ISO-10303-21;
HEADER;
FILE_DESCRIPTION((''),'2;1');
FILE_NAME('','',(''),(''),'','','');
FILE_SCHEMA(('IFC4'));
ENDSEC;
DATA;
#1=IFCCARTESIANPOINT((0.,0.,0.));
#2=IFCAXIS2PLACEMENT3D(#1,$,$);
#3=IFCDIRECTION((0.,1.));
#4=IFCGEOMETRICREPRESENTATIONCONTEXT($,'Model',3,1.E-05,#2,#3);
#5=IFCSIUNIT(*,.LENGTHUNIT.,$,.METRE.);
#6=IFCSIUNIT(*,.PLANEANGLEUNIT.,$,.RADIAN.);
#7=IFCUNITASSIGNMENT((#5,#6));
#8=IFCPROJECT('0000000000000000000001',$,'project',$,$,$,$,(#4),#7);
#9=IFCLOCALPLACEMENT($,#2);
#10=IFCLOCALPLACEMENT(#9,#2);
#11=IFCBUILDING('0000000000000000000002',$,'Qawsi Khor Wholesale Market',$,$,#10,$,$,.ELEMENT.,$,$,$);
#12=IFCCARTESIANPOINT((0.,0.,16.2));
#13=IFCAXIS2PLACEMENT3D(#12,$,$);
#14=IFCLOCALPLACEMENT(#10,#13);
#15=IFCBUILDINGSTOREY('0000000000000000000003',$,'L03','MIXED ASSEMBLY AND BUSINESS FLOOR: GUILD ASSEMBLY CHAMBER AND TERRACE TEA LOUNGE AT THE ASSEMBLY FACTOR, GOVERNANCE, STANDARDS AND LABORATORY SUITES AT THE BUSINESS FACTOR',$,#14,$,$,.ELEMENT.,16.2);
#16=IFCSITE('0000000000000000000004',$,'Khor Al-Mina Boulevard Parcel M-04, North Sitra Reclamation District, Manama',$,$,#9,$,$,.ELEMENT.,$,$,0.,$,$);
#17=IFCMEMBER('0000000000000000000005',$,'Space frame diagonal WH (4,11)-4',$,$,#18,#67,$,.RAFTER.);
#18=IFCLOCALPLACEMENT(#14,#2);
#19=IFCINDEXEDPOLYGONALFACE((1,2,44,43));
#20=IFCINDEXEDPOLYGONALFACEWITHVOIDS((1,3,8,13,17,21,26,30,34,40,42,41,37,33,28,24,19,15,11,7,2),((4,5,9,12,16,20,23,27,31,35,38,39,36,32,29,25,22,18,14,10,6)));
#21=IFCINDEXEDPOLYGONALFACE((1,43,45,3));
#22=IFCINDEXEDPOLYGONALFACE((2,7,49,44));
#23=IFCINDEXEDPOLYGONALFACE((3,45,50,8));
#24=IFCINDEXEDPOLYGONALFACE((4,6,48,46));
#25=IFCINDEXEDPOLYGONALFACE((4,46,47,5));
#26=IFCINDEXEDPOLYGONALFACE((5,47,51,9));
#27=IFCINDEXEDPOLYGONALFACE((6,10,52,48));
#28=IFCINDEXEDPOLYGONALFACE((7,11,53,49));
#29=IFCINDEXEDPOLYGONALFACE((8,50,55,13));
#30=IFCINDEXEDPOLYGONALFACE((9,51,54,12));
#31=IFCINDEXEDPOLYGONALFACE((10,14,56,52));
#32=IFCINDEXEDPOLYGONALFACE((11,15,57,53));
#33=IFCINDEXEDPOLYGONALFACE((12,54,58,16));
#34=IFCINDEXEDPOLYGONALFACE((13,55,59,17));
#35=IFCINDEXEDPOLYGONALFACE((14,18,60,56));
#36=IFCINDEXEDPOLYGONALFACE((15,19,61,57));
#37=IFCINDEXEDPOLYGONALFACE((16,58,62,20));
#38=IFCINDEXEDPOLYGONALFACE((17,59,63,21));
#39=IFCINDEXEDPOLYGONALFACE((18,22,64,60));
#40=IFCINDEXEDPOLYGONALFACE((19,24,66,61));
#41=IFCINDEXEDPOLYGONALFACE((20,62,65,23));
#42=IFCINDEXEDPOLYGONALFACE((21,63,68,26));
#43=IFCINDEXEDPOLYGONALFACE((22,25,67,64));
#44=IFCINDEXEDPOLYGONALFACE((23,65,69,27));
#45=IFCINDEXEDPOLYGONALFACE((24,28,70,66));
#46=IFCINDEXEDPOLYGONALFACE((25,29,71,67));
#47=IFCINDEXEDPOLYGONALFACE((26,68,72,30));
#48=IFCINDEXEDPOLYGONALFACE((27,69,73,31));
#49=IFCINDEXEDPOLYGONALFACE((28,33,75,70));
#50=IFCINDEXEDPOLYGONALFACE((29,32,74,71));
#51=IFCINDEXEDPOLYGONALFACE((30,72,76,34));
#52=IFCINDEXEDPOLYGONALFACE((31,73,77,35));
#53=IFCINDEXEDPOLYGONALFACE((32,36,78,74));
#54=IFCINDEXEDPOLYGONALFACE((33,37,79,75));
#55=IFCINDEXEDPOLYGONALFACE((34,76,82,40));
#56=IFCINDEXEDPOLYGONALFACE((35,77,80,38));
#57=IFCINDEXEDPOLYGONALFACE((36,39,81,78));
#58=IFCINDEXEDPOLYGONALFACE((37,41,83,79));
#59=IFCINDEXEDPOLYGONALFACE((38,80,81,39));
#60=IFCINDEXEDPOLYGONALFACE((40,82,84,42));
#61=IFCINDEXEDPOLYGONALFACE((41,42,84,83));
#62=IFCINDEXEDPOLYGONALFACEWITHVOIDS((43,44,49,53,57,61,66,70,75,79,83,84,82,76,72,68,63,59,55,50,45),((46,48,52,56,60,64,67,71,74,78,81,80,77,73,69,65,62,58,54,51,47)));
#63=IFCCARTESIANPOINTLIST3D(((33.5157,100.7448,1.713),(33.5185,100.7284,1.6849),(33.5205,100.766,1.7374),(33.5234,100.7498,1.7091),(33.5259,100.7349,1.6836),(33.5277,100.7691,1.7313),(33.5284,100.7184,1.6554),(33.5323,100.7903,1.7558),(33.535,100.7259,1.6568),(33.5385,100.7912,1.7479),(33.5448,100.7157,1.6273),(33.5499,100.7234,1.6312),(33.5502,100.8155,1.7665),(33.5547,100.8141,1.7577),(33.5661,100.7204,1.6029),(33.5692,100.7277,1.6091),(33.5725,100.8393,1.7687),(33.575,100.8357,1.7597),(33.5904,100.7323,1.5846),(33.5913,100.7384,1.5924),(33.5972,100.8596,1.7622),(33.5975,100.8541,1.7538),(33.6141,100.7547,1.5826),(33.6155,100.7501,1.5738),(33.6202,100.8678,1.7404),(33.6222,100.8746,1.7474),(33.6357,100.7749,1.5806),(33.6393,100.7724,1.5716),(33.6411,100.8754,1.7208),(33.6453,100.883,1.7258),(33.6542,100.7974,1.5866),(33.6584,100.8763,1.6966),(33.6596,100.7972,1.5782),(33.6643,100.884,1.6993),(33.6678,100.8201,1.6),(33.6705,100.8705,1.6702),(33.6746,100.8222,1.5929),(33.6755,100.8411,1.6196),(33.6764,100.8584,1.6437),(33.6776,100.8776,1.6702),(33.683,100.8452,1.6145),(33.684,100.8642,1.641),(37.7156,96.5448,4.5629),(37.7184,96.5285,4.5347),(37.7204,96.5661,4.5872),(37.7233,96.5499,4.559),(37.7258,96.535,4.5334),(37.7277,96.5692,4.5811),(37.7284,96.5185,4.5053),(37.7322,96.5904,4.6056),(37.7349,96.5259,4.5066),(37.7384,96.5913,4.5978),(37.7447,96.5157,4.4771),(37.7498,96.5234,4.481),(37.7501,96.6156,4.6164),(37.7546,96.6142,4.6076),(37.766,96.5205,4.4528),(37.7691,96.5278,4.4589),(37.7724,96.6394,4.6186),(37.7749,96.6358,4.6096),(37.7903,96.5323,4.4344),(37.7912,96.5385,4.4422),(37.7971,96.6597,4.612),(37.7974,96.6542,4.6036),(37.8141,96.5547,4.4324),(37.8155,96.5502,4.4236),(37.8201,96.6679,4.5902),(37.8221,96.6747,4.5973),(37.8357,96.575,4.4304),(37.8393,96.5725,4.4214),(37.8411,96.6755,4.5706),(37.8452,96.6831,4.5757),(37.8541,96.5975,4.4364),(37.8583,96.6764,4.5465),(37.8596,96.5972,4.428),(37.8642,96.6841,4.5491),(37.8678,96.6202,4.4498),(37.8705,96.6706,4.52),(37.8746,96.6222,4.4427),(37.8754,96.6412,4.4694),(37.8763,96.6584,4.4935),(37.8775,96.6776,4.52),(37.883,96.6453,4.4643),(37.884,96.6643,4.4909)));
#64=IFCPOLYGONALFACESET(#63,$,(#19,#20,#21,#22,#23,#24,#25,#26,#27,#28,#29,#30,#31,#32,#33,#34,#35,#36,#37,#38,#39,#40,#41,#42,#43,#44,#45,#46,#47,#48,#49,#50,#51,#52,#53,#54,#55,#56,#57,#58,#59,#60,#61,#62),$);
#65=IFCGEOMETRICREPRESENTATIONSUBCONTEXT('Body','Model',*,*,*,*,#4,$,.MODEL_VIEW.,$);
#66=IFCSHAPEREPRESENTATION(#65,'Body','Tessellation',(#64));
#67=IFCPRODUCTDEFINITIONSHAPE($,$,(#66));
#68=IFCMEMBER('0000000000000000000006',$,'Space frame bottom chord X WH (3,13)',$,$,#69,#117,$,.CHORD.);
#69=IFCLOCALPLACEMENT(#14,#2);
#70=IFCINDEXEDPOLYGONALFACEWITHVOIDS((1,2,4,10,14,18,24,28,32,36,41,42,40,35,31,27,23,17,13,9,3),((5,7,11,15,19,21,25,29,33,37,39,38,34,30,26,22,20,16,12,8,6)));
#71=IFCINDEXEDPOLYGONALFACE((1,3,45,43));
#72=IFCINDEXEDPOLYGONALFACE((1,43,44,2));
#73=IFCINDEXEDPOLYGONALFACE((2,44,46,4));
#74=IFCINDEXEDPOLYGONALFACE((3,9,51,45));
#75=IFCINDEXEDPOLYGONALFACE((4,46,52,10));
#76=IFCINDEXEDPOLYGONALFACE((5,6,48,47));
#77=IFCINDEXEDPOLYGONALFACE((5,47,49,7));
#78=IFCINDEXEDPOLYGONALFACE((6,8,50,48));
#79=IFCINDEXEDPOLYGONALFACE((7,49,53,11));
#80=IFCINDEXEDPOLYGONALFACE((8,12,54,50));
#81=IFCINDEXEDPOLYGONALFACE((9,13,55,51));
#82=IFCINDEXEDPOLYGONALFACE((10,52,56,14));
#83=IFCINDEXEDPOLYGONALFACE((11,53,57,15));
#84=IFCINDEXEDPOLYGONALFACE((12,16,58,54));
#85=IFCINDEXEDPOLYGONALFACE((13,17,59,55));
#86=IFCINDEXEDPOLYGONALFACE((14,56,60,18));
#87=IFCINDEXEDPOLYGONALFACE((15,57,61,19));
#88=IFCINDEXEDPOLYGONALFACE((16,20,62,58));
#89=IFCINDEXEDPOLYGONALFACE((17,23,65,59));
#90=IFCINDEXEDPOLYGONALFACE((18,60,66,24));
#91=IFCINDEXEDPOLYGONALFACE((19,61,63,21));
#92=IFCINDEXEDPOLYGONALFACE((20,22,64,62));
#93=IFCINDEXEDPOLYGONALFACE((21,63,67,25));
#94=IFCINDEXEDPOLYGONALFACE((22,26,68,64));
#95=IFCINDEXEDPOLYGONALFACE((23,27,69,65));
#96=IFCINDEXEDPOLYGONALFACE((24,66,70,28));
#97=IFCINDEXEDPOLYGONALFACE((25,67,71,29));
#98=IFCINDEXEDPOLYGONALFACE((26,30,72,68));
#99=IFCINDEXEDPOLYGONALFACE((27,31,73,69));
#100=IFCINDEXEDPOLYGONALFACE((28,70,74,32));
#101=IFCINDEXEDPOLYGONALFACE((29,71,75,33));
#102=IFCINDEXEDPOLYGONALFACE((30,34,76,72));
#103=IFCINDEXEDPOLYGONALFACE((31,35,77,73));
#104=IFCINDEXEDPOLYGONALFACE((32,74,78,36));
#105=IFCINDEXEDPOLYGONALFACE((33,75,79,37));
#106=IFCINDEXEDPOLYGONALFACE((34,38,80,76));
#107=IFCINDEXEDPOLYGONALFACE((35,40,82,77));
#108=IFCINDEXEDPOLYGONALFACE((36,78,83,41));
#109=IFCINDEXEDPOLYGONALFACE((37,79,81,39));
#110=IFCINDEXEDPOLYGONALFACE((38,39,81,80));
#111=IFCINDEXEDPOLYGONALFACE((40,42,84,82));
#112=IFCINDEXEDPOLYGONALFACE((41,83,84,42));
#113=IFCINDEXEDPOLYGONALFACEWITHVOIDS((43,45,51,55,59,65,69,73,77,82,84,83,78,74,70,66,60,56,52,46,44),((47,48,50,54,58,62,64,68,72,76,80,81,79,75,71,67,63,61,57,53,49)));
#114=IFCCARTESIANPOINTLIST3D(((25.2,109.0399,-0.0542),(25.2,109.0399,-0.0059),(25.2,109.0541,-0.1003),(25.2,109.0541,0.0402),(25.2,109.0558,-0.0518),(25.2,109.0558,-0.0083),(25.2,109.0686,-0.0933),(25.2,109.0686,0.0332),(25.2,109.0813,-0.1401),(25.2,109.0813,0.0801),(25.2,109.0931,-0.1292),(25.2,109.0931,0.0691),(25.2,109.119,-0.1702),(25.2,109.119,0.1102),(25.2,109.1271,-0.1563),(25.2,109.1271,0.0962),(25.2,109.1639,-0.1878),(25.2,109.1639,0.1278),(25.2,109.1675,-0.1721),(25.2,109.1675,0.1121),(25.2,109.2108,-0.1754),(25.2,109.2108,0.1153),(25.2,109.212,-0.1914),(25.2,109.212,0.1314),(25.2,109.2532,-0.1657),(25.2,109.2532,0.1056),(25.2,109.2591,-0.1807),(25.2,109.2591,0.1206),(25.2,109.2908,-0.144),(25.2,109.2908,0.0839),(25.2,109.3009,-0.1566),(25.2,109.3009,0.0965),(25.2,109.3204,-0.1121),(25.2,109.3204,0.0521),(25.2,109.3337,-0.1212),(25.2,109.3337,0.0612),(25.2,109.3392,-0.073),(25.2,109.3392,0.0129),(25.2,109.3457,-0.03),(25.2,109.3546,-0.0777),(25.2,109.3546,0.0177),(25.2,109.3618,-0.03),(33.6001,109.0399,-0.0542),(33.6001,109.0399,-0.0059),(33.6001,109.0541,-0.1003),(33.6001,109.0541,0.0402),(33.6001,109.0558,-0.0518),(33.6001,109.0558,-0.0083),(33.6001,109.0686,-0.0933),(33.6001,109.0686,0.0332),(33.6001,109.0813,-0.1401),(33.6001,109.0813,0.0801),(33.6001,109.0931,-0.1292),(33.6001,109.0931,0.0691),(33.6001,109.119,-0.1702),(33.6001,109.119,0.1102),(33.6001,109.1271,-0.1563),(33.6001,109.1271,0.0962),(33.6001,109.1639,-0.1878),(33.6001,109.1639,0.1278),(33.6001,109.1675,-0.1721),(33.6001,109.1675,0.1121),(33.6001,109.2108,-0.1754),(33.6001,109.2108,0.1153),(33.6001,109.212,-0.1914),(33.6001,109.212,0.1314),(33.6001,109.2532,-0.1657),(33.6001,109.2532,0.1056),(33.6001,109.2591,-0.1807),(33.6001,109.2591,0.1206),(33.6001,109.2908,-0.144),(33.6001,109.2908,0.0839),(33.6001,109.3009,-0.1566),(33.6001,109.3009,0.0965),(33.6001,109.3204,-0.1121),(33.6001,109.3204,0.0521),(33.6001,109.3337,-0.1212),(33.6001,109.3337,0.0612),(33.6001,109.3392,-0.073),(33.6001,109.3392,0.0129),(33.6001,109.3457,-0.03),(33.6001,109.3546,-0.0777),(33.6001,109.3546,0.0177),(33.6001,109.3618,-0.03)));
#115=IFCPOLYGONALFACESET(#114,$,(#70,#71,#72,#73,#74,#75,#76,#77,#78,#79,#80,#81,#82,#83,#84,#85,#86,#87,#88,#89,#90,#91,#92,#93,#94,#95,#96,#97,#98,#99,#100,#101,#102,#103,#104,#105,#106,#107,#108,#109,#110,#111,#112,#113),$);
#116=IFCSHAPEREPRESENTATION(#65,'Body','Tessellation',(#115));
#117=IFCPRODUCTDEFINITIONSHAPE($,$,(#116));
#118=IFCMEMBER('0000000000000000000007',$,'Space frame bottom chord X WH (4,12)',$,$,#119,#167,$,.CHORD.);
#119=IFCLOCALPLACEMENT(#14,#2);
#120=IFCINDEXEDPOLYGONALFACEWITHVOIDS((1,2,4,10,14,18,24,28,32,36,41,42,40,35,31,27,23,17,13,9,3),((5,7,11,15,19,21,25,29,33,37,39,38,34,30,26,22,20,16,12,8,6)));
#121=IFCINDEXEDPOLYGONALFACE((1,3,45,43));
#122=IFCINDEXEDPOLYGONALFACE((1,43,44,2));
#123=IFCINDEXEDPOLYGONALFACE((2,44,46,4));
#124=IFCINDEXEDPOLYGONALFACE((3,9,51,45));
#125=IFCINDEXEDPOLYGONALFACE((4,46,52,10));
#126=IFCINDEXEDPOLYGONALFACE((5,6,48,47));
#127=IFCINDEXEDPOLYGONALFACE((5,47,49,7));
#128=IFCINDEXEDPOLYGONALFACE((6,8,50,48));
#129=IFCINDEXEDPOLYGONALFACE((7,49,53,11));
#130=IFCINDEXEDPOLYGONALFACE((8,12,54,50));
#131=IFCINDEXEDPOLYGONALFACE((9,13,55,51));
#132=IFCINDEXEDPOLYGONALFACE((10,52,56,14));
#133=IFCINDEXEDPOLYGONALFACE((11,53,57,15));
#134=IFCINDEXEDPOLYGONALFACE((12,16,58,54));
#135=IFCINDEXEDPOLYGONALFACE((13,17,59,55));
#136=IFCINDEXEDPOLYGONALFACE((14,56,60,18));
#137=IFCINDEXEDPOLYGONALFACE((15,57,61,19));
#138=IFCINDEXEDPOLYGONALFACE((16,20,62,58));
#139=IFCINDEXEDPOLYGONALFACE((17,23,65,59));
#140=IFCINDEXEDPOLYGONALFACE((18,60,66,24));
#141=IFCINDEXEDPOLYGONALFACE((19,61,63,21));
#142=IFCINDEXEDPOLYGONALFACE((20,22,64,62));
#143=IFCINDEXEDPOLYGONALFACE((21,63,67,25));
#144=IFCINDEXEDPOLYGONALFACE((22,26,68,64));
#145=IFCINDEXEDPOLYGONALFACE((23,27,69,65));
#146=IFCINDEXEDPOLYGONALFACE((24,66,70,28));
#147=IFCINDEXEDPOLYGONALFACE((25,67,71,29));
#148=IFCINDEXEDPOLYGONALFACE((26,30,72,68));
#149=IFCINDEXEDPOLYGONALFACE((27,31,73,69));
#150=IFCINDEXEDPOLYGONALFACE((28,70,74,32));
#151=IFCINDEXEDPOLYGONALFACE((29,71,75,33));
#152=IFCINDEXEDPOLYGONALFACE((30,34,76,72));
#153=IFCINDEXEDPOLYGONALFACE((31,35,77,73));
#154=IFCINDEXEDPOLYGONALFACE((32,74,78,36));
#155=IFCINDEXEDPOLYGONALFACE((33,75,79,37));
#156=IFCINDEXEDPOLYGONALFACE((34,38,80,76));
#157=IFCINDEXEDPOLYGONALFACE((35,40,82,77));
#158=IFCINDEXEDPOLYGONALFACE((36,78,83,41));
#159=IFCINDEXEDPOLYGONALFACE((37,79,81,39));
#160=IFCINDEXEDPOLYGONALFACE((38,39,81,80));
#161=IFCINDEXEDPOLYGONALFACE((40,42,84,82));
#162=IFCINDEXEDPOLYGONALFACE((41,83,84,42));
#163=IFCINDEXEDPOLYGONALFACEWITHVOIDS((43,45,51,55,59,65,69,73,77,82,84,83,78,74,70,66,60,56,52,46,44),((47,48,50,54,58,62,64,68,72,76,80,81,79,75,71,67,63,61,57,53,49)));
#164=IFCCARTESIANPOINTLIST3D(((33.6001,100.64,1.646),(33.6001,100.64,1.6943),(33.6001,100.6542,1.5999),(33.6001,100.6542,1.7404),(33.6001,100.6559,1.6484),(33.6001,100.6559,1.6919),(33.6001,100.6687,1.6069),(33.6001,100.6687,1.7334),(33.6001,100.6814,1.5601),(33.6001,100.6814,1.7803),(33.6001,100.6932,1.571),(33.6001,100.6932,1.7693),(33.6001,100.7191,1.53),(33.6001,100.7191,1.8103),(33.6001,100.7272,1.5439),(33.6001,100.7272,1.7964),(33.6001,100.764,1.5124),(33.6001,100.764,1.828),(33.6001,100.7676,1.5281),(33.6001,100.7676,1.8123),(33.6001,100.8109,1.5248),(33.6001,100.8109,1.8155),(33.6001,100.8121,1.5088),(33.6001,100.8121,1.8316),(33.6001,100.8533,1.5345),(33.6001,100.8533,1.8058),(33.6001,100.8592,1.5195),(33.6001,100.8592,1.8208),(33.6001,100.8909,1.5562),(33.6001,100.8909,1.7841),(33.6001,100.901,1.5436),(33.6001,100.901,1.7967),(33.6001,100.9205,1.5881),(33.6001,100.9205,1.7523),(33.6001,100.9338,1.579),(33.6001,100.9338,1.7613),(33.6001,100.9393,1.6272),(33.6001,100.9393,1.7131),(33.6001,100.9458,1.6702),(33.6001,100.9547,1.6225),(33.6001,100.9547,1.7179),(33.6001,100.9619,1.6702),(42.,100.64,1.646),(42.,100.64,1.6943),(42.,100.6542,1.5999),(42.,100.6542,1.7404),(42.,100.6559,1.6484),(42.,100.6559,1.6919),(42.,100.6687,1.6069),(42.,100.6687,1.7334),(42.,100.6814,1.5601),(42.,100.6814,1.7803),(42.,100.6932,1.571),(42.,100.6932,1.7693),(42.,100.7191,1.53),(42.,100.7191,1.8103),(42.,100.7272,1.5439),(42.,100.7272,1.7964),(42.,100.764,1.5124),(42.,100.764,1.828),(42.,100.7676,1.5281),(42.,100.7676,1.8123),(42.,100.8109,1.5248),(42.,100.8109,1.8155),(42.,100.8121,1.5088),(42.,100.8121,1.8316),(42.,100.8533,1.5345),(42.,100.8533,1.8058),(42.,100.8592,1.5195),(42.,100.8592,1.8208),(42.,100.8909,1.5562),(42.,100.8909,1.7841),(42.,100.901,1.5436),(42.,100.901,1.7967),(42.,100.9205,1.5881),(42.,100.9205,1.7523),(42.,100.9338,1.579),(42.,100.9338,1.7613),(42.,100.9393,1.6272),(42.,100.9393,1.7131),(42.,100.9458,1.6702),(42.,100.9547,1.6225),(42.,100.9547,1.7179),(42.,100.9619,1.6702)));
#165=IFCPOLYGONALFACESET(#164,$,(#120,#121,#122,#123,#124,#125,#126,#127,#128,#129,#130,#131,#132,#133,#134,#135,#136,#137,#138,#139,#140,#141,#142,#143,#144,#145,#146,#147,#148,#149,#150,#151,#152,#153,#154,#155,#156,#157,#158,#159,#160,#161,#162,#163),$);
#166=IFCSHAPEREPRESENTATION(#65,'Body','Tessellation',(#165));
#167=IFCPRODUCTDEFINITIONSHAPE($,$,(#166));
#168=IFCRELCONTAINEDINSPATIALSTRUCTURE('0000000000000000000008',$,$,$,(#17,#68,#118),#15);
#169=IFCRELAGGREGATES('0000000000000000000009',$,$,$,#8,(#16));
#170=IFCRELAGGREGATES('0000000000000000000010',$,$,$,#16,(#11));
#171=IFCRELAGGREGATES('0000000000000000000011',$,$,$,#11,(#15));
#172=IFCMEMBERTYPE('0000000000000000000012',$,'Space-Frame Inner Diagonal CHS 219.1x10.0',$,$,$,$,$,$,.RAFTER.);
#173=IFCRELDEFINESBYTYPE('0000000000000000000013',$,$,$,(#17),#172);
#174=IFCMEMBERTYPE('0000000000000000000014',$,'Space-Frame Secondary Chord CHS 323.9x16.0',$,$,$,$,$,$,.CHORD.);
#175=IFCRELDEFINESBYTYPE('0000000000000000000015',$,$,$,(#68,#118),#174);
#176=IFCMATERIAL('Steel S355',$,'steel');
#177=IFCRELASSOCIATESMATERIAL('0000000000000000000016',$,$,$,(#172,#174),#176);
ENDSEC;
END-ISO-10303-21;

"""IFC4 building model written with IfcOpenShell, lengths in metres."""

from ifc_helpers import new_model, si_unit, direction, frame, origin, origin_2d, place, context, subcontext, project, spatial, hollow_circle, extrude, material, material_profile, profile_set, type_object, element, save


model = new_model("IFC4")

# Units and contexts
model_context = context("Model", 3, precision=1e-05, world=origin(), true_north=direction((0.0, 1.0)))
body_context = subcontext(model_context, "Body", "Model", "MODEL_VIEW")
ifc_project = project(units=[si_unit("LENGTHUNIT", "METRE"), si_unit("PLANEANGLEUNIT", "RADIAN")], contexts=[model_context])

# Site, building, storey
site_placement = place(None, origin())
site = spatial("IfcSite", under=ifc_project, at=site_placement, Name="Khor Al-Mina Boulevard Parcel M-04, North Sitra Reclamation District, Manama", CompositionType="ELEMENT", RefElevation=0.0)
building_placement = place(site_placement, origin())
building = spatial("IfcBuilding", under=site, at=building_placement, Name="Qawsi Khor Wholesale Market", CompositionType="ELEMENT")
storey_placement = place(building_placement, frame((0.0, 0.0, 16.2)))
storey = spatial("IfcBuildingStorey", under=building, at=storey_placement, Name="L03", Description="MIXED ASSEMBLY AND BUSINESS FLOOR: GUILD ASSEMBLY CHAMBER AND TERRACE TEA LOUNGE AT THE ASSEMBLY FACTOR, GOVERNANCE, STANDARDS AND LABORATORY SUITES AT THE BUSINESS FACTOR", CompositionType="ELEMENT", Elevation=16.2)

# Members
ifc_material_1 = material(Name="Steel S355", Category="steel")
ifc_material_profile_1 = material_profile(ifc_material_1, hollow_circle(Radius=0.1096, WallThickness=0.01, at=origin_2d()), Name="CHS 219.1x10.0")
ifc_profile_set_1 = profile_set([ifc_material_profile_1], Name="Steel S355")
member_type_1 = type_object("IfcMemberType", Name="Space-Frame Inner Diagonal CHS 219.1x10.0", PredefinedType="RAFTER", material=ifc_profile_set_1)
member_1_placement = place(storey_placement, frame((33.6001, 100.8, 1.6702), z_axis=(0.637522, -0.637522, 0.432587), x_axis=(0.707107, 0.707107, 0.0)))
element("IfcMember", 1, at=member_1_placement, inside=storey, type_object=member_type_1, Name="Space frame diagonal WH (4,11)-4", PredefinedType="RAFTER", context=body_context, shape_type="SweptSolid", body=[
    extrude(hollow_circle(Radius=0.1096, WallThickness=0.01, at=origin_2d()), origin(), (0.0, 0.0, 1.0), 6.5879),
])
ifc_material_profile_2 = material_profile(ifc_material_1, hollow_circle(Radius=0.1619, WallThickness=0.0161, at=origin_2d()), Name="CHS 323.9x16.0")
ifc_profile_set_2 = profile_set([ifc_material_profile_2], Name="Steel S355")
member_type_2 = type_object("IfcMemberType", Name="Space-Frame Secondary Chord CHS 323.9x16.0", PredefinedType="CHORD", material=ifc_profile_set_2)
member_2_placement = place(storey_placement, frame((25.2, 109.2, -0.03), z_axis=(1.0, 0.0, 0.0), x_axis=(0.0, 1.0, 0.0)))
element("IfcMember", 2, at=member_2_placement, inside=storey, type_object=member_type_2, Name="Space frame bottom chord X WH (3,13)", PredefinedType="CHORD", context=body_context, shape_type="SweptSolid", body=[
    extrude(hollow_circle(Radius=0.1619, WallThickness=0.0161, at=origin_2d()), origin(), (0.0, 0.0, 1.0), 8.4001),
])
member_3_placement = place(storey_placement, frame((33.6001, 100.8, 1.6702), z_axis=(1.0, 0.0, 0.0), x_axis=(0.0, 1.0, 0.0)))
element("IfcMember", 3, at=member_3_placement, inside=storey, type_object=member_type_2, Name="Space frame bottom chord X WH (4,12)", PredefinedType="CHORD", context=body_context, shape_type="SweptSolid", body=[
    extrude(hollow_circle(Radius=0.1619, WallThickness=0.0161, at=origin_2d()), origin(), (0.0, 0.0, 1.0), 8.3999),
])

save(model, "model.ifc")
